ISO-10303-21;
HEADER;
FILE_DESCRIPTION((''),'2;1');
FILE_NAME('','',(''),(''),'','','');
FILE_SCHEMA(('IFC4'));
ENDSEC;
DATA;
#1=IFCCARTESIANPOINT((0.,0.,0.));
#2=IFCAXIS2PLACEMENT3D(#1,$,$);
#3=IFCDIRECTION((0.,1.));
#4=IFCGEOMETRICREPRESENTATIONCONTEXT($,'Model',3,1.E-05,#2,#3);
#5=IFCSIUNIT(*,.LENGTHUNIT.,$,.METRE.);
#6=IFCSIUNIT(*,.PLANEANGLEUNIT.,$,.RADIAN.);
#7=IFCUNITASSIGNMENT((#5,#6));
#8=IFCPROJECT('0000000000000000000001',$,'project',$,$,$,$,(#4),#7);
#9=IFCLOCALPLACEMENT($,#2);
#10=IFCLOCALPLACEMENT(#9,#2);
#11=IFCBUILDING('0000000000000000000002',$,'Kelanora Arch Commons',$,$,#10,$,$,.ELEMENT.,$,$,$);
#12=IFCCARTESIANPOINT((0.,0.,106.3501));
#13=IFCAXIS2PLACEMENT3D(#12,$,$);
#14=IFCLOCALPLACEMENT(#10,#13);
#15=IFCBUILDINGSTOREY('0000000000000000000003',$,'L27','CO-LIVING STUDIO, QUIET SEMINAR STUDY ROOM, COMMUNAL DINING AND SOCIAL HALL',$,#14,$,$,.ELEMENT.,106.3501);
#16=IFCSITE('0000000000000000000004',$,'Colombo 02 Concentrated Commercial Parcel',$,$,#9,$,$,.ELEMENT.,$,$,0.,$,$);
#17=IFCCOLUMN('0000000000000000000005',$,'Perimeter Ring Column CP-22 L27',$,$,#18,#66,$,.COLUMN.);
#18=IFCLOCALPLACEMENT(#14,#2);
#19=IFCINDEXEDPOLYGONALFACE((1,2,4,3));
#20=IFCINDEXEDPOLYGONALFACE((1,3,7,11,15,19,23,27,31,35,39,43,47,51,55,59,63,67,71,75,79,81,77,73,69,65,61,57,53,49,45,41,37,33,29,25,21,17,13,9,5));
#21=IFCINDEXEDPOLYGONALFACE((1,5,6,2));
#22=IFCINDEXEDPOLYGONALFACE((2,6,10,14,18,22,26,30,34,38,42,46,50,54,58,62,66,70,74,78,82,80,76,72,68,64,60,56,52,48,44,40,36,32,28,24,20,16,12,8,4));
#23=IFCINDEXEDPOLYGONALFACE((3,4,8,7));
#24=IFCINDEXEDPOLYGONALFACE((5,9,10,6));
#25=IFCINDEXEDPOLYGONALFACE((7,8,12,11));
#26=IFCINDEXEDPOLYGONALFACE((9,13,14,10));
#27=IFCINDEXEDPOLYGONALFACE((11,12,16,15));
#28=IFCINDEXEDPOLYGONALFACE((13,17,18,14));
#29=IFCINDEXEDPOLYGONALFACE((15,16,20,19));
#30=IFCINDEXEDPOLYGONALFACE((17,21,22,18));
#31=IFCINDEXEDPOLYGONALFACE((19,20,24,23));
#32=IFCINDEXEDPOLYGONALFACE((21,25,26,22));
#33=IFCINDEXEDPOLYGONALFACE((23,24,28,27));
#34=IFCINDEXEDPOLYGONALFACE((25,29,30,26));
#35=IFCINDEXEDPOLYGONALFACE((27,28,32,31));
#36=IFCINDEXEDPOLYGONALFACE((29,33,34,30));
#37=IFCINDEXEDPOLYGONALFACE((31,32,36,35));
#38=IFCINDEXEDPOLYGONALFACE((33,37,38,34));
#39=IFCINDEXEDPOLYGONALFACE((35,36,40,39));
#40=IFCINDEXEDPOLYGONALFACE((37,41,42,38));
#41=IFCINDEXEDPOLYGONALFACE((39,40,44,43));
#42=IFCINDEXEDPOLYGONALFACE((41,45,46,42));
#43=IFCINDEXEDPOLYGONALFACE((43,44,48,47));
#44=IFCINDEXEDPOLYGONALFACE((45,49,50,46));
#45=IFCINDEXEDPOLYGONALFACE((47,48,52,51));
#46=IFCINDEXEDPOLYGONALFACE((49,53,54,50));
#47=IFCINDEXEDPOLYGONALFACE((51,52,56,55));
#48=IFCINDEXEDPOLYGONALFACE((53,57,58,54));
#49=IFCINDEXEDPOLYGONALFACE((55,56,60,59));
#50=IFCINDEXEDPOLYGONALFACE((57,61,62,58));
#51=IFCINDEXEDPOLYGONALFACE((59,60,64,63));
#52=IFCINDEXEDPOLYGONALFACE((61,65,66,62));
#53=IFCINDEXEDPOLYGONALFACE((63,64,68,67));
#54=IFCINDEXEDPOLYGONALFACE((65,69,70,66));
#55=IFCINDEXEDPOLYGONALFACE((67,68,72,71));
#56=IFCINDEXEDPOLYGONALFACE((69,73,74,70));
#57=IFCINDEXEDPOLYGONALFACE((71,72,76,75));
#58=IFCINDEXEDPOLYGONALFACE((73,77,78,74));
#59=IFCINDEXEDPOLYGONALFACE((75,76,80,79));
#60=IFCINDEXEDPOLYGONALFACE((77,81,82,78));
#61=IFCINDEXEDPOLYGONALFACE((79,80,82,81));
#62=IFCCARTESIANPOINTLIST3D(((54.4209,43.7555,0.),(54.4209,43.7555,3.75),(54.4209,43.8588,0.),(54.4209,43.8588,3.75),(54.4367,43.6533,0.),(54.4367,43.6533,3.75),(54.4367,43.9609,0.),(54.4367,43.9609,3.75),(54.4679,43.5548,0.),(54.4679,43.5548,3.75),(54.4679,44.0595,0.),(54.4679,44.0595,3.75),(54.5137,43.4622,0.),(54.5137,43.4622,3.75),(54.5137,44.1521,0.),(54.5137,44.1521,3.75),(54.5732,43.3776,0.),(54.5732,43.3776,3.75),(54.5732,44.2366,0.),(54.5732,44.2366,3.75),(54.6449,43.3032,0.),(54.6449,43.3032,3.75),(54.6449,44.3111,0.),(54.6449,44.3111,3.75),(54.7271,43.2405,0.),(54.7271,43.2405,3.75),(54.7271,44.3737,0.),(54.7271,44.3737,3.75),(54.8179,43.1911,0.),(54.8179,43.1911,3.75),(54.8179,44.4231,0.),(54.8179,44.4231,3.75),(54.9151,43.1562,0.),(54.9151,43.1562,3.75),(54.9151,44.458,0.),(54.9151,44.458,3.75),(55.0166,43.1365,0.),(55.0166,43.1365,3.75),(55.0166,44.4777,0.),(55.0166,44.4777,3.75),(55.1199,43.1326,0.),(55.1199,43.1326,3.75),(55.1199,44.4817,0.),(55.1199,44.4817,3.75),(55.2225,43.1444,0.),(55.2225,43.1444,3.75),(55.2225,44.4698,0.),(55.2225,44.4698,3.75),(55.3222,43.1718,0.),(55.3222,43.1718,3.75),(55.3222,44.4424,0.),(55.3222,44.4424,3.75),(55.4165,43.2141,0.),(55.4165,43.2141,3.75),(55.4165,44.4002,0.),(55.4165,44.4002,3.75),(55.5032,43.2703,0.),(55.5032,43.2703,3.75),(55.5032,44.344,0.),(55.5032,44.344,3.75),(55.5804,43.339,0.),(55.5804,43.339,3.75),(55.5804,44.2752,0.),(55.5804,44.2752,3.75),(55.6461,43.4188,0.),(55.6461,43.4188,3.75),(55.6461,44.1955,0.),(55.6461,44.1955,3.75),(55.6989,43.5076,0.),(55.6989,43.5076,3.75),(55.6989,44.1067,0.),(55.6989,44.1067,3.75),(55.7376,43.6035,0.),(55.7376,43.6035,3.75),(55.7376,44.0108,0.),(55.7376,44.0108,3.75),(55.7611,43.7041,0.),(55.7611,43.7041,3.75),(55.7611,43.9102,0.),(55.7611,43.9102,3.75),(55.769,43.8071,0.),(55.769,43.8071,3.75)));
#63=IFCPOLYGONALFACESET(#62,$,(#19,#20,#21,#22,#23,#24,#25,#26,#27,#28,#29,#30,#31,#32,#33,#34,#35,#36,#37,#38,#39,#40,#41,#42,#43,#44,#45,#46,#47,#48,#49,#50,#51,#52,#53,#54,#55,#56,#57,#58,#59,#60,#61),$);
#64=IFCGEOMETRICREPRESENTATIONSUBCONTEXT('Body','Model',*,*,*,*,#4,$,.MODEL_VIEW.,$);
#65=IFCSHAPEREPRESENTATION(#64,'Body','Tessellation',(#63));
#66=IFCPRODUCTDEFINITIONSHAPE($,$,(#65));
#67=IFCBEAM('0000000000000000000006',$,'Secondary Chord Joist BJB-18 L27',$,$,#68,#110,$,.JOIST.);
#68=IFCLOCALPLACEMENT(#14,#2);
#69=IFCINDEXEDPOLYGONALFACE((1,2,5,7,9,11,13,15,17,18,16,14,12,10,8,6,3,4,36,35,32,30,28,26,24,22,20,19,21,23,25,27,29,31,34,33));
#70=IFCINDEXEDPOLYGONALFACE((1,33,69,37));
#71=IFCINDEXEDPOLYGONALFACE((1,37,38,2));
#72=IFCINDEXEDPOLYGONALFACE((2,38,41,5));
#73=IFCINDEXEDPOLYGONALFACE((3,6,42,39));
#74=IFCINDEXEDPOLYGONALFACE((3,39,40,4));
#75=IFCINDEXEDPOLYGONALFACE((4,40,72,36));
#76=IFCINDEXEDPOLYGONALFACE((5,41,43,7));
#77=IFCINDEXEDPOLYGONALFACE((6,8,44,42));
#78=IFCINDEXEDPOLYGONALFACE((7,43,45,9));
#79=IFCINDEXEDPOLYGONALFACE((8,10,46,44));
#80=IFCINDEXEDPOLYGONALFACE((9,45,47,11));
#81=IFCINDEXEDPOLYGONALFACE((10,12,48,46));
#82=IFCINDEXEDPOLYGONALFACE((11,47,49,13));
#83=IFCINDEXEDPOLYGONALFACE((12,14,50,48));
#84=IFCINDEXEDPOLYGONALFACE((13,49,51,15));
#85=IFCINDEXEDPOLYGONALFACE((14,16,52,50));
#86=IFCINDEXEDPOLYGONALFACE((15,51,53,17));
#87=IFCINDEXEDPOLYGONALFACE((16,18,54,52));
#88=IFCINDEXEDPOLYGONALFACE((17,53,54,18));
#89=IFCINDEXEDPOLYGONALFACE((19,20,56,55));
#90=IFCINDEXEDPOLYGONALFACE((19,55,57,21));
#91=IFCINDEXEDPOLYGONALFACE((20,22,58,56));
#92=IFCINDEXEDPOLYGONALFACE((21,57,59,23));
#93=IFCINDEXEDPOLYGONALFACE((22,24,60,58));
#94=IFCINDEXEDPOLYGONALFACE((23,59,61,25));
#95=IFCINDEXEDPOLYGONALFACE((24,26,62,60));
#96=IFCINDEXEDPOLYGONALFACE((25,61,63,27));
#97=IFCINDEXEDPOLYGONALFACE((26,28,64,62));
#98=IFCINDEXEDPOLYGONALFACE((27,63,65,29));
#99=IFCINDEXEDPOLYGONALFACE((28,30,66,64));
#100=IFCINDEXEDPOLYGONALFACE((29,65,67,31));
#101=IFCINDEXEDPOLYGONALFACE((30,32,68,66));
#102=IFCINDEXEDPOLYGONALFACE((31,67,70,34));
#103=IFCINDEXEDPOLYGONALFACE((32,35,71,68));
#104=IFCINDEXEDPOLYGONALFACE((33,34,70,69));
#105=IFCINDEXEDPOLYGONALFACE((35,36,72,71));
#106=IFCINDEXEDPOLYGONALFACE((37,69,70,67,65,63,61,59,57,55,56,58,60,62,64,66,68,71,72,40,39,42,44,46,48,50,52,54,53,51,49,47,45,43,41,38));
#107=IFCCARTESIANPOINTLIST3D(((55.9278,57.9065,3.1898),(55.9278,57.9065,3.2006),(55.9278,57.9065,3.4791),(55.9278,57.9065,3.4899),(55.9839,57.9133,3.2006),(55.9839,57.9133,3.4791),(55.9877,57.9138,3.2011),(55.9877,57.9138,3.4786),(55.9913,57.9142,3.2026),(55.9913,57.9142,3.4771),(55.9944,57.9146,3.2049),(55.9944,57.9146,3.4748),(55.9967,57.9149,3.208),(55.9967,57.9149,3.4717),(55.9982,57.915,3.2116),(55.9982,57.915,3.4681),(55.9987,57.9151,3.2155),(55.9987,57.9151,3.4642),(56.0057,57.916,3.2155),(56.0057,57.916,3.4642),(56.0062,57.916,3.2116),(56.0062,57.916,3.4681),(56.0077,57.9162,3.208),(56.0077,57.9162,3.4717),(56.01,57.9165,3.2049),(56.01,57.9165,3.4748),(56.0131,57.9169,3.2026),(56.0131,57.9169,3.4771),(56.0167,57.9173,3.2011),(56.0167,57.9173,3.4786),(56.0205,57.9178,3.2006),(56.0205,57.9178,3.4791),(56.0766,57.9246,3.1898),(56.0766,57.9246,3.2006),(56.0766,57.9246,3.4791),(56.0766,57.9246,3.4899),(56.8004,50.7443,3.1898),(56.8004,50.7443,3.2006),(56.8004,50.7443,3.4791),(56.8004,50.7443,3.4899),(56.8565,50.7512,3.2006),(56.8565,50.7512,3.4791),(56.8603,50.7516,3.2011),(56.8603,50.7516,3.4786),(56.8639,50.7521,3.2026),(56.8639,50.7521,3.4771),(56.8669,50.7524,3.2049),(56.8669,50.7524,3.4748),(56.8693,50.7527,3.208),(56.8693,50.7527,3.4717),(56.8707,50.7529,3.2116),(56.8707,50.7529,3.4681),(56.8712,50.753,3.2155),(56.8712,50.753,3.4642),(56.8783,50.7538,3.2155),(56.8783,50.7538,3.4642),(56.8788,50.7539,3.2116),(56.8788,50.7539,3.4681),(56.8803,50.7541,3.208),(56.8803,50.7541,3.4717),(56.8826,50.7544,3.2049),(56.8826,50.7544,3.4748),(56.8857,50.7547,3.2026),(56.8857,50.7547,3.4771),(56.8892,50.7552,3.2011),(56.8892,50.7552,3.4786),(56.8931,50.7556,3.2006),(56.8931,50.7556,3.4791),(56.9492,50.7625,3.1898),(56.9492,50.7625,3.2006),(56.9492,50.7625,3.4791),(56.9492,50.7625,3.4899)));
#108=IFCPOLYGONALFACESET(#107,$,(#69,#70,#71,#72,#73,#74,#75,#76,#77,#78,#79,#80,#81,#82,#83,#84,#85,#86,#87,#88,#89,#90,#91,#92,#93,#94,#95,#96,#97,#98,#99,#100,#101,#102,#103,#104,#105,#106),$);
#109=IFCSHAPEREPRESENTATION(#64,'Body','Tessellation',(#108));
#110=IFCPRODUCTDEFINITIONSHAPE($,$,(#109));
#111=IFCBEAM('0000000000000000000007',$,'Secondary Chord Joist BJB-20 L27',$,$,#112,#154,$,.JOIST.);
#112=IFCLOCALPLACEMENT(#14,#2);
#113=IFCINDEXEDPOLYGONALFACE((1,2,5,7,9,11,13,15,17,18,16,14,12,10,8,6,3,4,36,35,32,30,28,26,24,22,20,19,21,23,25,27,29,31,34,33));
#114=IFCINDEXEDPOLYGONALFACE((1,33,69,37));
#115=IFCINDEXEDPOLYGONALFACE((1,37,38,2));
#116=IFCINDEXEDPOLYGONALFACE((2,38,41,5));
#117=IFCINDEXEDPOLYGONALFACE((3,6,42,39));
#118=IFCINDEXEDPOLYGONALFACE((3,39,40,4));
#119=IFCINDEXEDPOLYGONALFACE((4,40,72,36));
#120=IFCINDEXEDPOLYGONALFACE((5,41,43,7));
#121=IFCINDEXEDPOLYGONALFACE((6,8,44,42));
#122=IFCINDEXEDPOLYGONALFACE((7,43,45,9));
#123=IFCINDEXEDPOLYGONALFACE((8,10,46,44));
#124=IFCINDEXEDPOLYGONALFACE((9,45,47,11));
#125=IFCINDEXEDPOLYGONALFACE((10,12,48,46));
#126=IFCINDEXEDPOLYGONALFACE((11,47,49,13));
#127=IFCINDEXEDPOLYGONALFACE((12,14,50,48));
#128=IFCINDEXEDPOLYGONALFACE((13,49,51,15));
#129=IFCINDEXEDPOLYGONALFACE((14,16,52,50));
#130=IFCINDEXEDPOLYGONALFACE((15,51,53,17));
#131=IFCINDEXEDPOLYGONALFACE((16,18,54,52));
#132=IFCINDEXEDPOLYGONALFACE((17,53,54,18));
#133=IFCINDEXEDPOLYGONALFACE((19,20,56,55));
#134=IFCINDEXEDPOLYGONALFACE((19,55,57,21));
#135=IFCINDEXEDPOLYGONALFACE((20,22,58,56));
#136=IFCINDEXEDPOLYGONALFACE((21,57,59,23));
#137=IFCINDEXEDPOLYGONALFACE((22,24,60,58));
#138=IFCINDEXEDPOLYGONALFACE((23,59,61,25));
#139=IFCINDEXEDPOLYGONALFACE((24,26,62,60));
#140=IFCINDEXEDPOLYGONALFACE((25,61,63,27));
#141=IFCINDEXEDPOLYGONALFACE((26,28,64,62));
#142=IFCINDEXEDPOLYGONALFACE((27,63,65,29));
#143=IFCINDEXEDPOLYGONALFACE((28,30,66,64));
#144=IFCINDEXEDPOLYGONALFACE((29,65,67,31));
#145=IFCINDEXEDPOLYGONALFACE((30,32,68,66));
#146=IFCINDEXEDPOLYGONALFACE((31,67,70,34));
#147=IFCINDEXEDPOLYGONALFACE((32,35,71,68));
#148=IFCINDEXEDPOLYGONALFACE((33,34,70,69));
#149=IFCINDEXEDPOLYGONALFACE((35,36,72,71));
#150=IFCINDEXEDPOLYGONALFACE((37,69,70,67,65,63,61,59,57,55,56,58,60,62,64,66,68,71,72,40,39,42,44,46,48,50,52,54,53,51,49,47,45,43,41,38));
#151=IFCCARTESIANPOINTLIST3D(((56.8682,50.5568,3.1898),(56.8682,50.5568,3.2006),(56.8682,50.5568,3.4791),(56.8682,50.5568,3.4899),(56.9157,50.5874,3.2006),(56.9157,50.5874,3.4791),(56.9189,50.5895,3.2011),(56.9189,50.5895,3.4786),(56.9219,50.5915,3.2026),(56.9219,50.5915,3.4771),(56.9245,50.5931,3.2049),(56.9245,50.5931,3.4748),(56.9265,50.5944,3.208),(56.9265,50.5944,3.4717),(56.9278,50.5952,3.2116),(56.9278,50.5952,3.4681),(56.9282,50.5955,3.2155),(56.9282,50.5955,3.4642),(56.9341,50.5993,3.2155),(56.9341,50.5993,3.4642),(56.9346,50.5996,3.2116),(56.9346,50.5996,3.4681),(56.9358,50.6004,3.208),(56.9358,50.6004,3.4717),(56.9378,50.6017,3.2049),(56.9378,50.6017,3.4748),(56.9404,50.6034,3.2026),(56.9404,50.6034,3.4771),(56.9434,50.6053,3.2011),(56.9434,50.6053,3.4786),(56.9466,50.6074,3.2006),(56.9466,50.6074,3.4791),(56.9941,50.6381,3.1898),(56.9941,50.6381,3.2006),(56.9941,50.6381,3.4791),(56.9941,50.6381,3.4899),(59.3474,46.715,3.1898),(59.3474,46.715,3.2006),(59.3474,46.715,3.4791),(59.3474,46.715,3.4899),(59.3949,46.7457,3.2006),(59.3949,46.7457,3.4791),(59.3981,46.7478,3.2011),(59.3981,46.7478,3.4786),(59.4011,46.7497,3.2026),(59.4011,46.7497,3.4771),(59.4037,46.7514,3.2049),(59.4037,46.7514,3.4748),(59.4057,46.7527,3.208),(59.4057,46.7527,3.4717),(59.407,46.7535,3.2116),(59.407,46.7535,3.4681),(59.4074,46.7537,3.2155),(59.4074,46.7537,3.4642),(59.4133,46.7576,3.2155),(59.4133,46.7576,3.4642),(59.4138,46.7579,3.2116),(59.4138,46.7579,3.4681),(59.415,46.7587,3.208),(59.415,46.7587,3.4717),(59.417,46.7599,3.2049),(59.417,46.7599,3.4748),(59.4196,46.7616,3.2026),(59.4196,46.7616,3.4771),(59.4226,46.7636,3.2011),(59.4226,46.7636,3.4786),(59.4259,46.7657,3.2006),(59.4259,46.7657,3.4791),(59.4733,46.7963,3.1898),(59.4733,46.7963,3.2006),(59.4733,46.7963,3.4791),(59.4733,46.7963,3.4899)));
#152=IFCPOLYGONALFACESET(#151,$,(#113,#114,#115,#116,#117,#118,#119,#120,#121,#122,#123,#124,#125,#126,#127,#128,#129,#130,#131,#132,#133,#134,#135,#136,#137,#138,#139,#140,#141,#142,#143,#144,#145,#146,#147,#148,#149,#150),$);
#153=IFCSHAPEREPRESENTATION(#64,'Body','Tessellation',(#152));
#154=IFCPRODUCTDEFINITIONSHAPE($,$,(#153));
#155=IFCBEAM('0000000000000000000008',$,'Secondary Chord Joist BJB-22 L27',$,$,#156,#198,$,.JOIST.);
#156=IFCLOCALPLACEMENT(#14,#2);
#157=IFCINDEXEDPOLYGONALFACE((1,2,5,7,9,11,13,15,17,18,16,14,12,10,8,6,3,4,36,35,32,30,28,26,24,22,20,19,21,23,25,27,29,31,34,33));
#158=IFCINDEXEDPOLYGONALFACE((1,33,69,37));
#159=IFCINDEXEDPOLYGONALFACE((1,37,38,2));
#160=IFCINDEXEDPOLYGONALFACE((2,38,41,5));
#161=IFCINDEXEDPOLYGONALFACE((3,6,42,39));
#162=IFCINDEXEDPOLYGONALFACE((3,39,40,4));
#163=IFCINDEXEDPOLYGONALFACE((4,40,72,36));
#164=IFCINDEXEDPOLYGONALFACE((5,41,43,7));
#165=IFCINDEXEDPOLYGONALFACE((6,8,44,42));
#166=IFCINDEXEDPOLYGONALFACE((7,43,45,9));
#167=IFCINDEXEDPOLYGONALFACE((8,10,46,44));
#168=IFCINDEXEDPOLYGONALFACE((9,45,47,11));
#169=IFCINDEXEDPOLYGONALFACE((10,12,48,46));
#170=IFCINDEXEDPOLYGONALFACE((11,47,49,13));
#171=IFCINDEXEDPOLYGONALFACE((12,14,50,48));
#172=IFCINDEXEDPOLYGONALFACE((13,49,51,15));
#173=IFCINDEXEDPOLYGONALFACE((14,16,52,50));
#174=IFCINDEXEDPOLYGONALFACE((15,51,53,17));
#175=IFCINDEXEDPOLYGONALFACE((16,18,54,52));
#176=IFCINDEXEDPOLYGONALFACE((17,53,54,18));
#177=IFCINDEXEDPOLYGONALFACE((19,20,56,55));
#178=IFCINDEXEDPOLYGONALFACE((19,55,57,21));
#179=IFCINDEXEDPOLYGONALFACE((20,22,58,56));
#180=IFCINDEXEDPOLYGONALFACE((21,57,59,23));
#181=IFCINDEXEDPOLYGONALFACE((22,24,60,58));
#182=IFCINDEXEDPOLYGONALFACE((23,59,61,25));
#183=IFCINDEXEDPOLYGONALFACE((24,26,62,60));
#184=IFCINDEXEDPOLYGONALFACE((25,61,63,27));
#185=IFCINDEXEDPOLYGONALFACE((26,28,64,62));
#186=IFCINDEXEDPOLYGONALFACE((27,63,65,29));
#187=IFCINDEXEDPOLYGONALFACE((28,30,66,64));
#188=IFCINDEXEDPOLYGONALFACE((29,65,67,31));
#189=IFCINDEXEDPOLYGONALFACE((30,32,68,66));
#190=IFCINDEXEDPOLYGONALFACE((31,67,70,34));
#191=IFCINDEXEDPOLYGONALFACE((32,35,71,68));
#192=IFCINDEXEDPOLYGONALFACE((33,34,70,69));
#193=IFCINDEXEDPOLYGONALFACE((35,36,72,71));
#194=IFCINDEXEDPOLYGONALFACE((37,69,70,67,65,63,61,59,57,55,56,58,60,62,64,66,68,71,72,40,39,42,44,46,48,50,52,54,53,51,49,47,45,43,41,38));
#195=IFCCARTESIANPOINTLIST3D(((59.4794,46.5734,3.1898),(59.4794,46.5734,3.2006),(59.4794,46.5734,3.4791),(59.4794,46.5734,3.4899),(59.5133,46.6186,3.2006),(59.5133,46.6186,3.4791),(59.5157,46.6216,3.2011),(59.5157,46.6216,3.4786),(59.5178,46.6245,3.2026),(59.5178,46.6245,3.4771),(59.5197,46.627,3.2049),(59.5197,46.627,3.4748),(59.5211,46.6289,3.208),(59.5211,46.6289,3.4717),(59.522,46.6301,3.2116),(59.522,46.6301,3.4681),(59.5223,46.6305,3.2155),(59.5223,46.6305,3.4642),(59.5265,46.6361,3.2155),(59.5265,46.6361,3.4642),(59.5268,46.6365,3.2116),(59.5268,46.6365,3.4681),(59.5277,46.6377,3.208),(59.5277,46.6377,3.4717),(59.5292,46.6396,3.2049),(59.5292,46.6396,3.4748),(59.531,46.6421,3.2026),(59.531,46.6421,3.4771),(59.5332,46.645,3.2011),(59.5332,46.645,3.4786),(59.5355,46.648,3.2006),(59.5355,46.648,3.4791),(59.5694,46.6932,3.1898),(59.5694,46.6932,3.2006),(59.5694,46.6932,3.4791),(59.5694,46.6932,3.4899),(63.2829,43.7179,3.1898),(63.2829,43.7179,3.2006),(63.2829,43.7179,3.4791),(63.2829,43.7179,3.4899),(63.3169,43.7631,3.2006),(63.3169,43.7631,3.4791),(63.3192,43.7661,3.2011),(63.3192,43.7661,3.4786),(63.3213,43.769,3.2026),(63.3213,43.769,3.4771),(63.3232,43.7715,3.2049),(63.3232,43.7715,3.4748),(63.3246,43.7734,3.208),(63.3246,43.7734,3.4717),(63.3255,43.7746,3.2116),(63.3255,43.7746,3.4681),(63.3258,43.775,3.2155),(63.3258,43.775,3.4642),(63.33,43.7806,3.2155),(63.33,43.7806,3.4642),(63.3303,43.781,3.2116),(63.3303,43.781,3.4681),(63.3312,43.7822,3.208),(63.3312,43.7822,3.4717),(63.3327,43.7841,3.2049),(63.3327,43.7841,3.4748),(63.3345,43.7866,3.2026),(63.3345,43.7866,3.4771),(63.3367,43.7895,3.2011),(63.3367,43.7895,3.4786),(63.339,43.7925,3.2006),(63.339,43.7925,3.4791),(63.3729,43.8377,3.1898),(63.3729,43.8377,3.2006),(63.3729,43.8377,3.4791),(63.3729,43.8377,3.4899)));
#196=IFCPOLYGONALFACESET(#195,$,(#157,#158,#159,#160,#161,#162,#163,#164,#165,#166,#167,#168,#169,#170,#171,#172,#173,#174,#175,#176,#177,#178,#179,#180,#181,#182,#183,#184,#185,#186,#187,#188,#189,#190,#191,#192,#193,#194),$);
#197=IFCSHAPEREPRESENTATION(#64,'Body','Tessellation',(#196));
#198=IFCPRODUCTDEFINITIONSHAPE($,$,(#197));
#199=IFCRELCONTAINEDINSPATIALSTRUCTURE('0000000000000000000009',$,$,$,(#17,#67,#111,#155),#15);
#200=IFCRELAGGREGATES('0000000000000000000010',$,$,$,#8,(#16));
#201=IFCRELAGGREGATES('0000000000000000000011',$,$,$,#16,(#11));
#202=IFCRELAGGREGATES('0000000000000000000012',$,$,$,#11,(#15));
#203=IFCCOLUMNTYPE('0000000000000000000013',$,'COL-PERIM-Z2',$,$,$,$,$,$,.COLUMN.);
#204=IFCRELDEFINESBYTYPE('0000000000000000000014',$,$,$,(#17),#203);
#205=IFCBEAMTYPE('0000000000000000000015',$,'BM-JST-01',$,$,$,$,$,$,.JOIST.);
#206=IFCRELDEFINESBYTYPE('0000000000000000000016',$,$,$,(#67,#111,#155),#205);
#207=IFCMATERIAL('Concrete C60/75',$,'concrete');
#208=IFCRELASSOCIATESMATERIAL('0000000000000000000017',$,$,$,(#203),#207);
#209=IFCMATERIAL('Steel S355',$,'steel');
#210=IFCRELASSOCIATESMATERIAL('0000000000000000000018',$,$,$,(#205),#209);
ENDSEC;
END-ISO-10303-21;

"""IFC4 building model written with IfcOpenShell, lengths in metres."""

from ifc_helpers import new_model, si_unit, direction, frame, origin, origin_2d, place, context, subcontext, project, spatial, circle, i_section, extrude, material, material_profile, profile_set, type_object, element, save


model = new_model("IFC4")

# Units and contexts
model_context = context("Model", 3, precision=1e-05, world=origin(), true_north=direction((0.0, 1.0)))
body_context = subcontext(model_context, "Body", "Model", "MODEL_VIEW")
ifc_project = project(units=[si_unit("LENGTHUNIT", "METRE"), si_unit("PLANEANGLEUNIT", "RADIAN")], contexts=[model_context])

# Site, building, storey
site_placement = place(None, origin())
site = spatial("IfcSite", under=ifc_project, at=site_placement, Name="Colombo 02 Concentrated Commercial Parcel", CompositionType="ELEMENT", RefElevation=0.0)
building_placement = place(site_placement, origin())
building = spatial("IfcBuilding", under=site, at=building_placement, Name="Kelanora Arch Commons", CompositionType="ELEMENT")
storey_placement = place(building_placement, frame((0.0, 0.0, 106.3501)))
storey = spatial("IfcBuildingStorey", under=building, at=storey_placement, Name="L27", Description="CO-LIVING STUDIO, QUIET SEMINAR STUDY ROOM, COMMUNAL DINING AND SOCIAL HALL", CompositionType="ELEMENT", Elevation=106.3501)

# Column
ifc_material_1 = material(Name="Concrete C60/75", Category="concrete")
ifc_material_profile_1 = material_profile(ifc_material_1, circle(Radius=0.675, at=origin_2d()), Name="RCC1350")
ifc_profile_set_1 = profile_set([ifc_material_profile_1], Name="Concrete C60/75")
column_type = type_object("IfcColumnType", Name="COL-PERIM-Z2", PredefinedType="COLUMN", material=ifc_profile_set_1)
column_placement = place(storey_placement, frame((55.094, 43.8071, 0.0), z_axis=(0.0, 0.0, 1.0), x_axis=(1.0, 0.0, 0.0)))
element("IfcColumn", 1, at=column_placement, inside=storey, type_object=column_type, Name="Perimeter Ring Column CP-22 L27", PredefinedType="COLUMN", context=body_context, shape_type="SweptSolid", body=[
    extrude(circle(Radius=0.675, at=origin_2d()), origin(), (0.0, 0.0, 1.0), 3.75),
])

# Beams
ifc_material_2 = material(Name="Steel S355", Category="steel")
ifc_material_profile_2 = material_profile(ifc_material_2, i_section(OverallWidth=0.1499, OverallDepth=0.3, WebThickness=0.0071, FlangeThickness=0.0107, FilletRadius=0.0149, at=origin_2d()), Name="IPE300")
ifc_profile_set_2 = profile_set([ifc_material_profile_2], Name="Steel S355")
beam_type_1 = type_object("IfcBeamType", Name="BM-JST-01", PredefinedType="JOIST", material=ifc_profile_set_2)
beam_1_placement = place(storey_placement, frame((56.0022, 57.9155, 3.3398), z_axis=(0.120936, -0.99266, 0.0), x_axis=(0.99266, 0.120936, 0.0)))
element("IfcBeam", 2, at=beam_1_placement, inside=storey, type_object=beam_type_1, Name="Secondary Chord Joist BJB-18 L27", PredefinedType="JOIST", context=body_context, shape_type="SweptSolid", body=[
    extrude(i_section(OverallWidth=0.1499, OverallDepth=0.3, WebThickness=0.0071, FlangeThickness=0.0107, FilletRadius=0.0149, at=origin_2d()), origin(), (0.0, 0.0, 1.0), 7.2151),
])
beam_2_placement = place(storey_placement, frame((56.9312, 50.5974, 3.3398), z_axis=(0.54223, -0.84023, 0.0), x_axis=(0.84023, 0.54223, 0.0)))
element("IfcBeam", 3, at=beam_2_placement, inside=storey, type_object=beam_type_1, Name="Secondary Chord Joist BJB-20 L27", PredefinedType="JOIST", context=body_context, shape_type="SweptSolid", body=[
    extrude(i_section(OverallWidth=0.1499, OverallDepth=0.3, WebThickness=0.0071, FlangeThickness=0.0107, FilletRadius=0.0149, at=origin_2d()), origin(), (0.0, 0.0, 1.0), 4.5723),
])
beam_3_placement = place(storey_placement, frame((59.5244, 46.6333, 3.3398), z_axis=(0.79971, -0.600386, 0.0), x_axis=(0.600386, 0.79971, 0.0)))
element("IfcBeam", 4, at=beam_3_placement, inside=storey, type_object=beam_type_1, Name="Secondary Chord Joist BJB-22 L27", PredefinedType="JOIST", context=body_context, shape_type="SweptSolid", body=[
    extrude(i_section(OverallWidth=0.1499, OverallDepth=0.3, WebThickness=0.0071, FlangeThickness=0.0107, FilletRadius=0.0149, at=origin_2d()), origin(), (0.0, 0.0, 1.0), 4.7561),
])

save(model, "model.ifc")
